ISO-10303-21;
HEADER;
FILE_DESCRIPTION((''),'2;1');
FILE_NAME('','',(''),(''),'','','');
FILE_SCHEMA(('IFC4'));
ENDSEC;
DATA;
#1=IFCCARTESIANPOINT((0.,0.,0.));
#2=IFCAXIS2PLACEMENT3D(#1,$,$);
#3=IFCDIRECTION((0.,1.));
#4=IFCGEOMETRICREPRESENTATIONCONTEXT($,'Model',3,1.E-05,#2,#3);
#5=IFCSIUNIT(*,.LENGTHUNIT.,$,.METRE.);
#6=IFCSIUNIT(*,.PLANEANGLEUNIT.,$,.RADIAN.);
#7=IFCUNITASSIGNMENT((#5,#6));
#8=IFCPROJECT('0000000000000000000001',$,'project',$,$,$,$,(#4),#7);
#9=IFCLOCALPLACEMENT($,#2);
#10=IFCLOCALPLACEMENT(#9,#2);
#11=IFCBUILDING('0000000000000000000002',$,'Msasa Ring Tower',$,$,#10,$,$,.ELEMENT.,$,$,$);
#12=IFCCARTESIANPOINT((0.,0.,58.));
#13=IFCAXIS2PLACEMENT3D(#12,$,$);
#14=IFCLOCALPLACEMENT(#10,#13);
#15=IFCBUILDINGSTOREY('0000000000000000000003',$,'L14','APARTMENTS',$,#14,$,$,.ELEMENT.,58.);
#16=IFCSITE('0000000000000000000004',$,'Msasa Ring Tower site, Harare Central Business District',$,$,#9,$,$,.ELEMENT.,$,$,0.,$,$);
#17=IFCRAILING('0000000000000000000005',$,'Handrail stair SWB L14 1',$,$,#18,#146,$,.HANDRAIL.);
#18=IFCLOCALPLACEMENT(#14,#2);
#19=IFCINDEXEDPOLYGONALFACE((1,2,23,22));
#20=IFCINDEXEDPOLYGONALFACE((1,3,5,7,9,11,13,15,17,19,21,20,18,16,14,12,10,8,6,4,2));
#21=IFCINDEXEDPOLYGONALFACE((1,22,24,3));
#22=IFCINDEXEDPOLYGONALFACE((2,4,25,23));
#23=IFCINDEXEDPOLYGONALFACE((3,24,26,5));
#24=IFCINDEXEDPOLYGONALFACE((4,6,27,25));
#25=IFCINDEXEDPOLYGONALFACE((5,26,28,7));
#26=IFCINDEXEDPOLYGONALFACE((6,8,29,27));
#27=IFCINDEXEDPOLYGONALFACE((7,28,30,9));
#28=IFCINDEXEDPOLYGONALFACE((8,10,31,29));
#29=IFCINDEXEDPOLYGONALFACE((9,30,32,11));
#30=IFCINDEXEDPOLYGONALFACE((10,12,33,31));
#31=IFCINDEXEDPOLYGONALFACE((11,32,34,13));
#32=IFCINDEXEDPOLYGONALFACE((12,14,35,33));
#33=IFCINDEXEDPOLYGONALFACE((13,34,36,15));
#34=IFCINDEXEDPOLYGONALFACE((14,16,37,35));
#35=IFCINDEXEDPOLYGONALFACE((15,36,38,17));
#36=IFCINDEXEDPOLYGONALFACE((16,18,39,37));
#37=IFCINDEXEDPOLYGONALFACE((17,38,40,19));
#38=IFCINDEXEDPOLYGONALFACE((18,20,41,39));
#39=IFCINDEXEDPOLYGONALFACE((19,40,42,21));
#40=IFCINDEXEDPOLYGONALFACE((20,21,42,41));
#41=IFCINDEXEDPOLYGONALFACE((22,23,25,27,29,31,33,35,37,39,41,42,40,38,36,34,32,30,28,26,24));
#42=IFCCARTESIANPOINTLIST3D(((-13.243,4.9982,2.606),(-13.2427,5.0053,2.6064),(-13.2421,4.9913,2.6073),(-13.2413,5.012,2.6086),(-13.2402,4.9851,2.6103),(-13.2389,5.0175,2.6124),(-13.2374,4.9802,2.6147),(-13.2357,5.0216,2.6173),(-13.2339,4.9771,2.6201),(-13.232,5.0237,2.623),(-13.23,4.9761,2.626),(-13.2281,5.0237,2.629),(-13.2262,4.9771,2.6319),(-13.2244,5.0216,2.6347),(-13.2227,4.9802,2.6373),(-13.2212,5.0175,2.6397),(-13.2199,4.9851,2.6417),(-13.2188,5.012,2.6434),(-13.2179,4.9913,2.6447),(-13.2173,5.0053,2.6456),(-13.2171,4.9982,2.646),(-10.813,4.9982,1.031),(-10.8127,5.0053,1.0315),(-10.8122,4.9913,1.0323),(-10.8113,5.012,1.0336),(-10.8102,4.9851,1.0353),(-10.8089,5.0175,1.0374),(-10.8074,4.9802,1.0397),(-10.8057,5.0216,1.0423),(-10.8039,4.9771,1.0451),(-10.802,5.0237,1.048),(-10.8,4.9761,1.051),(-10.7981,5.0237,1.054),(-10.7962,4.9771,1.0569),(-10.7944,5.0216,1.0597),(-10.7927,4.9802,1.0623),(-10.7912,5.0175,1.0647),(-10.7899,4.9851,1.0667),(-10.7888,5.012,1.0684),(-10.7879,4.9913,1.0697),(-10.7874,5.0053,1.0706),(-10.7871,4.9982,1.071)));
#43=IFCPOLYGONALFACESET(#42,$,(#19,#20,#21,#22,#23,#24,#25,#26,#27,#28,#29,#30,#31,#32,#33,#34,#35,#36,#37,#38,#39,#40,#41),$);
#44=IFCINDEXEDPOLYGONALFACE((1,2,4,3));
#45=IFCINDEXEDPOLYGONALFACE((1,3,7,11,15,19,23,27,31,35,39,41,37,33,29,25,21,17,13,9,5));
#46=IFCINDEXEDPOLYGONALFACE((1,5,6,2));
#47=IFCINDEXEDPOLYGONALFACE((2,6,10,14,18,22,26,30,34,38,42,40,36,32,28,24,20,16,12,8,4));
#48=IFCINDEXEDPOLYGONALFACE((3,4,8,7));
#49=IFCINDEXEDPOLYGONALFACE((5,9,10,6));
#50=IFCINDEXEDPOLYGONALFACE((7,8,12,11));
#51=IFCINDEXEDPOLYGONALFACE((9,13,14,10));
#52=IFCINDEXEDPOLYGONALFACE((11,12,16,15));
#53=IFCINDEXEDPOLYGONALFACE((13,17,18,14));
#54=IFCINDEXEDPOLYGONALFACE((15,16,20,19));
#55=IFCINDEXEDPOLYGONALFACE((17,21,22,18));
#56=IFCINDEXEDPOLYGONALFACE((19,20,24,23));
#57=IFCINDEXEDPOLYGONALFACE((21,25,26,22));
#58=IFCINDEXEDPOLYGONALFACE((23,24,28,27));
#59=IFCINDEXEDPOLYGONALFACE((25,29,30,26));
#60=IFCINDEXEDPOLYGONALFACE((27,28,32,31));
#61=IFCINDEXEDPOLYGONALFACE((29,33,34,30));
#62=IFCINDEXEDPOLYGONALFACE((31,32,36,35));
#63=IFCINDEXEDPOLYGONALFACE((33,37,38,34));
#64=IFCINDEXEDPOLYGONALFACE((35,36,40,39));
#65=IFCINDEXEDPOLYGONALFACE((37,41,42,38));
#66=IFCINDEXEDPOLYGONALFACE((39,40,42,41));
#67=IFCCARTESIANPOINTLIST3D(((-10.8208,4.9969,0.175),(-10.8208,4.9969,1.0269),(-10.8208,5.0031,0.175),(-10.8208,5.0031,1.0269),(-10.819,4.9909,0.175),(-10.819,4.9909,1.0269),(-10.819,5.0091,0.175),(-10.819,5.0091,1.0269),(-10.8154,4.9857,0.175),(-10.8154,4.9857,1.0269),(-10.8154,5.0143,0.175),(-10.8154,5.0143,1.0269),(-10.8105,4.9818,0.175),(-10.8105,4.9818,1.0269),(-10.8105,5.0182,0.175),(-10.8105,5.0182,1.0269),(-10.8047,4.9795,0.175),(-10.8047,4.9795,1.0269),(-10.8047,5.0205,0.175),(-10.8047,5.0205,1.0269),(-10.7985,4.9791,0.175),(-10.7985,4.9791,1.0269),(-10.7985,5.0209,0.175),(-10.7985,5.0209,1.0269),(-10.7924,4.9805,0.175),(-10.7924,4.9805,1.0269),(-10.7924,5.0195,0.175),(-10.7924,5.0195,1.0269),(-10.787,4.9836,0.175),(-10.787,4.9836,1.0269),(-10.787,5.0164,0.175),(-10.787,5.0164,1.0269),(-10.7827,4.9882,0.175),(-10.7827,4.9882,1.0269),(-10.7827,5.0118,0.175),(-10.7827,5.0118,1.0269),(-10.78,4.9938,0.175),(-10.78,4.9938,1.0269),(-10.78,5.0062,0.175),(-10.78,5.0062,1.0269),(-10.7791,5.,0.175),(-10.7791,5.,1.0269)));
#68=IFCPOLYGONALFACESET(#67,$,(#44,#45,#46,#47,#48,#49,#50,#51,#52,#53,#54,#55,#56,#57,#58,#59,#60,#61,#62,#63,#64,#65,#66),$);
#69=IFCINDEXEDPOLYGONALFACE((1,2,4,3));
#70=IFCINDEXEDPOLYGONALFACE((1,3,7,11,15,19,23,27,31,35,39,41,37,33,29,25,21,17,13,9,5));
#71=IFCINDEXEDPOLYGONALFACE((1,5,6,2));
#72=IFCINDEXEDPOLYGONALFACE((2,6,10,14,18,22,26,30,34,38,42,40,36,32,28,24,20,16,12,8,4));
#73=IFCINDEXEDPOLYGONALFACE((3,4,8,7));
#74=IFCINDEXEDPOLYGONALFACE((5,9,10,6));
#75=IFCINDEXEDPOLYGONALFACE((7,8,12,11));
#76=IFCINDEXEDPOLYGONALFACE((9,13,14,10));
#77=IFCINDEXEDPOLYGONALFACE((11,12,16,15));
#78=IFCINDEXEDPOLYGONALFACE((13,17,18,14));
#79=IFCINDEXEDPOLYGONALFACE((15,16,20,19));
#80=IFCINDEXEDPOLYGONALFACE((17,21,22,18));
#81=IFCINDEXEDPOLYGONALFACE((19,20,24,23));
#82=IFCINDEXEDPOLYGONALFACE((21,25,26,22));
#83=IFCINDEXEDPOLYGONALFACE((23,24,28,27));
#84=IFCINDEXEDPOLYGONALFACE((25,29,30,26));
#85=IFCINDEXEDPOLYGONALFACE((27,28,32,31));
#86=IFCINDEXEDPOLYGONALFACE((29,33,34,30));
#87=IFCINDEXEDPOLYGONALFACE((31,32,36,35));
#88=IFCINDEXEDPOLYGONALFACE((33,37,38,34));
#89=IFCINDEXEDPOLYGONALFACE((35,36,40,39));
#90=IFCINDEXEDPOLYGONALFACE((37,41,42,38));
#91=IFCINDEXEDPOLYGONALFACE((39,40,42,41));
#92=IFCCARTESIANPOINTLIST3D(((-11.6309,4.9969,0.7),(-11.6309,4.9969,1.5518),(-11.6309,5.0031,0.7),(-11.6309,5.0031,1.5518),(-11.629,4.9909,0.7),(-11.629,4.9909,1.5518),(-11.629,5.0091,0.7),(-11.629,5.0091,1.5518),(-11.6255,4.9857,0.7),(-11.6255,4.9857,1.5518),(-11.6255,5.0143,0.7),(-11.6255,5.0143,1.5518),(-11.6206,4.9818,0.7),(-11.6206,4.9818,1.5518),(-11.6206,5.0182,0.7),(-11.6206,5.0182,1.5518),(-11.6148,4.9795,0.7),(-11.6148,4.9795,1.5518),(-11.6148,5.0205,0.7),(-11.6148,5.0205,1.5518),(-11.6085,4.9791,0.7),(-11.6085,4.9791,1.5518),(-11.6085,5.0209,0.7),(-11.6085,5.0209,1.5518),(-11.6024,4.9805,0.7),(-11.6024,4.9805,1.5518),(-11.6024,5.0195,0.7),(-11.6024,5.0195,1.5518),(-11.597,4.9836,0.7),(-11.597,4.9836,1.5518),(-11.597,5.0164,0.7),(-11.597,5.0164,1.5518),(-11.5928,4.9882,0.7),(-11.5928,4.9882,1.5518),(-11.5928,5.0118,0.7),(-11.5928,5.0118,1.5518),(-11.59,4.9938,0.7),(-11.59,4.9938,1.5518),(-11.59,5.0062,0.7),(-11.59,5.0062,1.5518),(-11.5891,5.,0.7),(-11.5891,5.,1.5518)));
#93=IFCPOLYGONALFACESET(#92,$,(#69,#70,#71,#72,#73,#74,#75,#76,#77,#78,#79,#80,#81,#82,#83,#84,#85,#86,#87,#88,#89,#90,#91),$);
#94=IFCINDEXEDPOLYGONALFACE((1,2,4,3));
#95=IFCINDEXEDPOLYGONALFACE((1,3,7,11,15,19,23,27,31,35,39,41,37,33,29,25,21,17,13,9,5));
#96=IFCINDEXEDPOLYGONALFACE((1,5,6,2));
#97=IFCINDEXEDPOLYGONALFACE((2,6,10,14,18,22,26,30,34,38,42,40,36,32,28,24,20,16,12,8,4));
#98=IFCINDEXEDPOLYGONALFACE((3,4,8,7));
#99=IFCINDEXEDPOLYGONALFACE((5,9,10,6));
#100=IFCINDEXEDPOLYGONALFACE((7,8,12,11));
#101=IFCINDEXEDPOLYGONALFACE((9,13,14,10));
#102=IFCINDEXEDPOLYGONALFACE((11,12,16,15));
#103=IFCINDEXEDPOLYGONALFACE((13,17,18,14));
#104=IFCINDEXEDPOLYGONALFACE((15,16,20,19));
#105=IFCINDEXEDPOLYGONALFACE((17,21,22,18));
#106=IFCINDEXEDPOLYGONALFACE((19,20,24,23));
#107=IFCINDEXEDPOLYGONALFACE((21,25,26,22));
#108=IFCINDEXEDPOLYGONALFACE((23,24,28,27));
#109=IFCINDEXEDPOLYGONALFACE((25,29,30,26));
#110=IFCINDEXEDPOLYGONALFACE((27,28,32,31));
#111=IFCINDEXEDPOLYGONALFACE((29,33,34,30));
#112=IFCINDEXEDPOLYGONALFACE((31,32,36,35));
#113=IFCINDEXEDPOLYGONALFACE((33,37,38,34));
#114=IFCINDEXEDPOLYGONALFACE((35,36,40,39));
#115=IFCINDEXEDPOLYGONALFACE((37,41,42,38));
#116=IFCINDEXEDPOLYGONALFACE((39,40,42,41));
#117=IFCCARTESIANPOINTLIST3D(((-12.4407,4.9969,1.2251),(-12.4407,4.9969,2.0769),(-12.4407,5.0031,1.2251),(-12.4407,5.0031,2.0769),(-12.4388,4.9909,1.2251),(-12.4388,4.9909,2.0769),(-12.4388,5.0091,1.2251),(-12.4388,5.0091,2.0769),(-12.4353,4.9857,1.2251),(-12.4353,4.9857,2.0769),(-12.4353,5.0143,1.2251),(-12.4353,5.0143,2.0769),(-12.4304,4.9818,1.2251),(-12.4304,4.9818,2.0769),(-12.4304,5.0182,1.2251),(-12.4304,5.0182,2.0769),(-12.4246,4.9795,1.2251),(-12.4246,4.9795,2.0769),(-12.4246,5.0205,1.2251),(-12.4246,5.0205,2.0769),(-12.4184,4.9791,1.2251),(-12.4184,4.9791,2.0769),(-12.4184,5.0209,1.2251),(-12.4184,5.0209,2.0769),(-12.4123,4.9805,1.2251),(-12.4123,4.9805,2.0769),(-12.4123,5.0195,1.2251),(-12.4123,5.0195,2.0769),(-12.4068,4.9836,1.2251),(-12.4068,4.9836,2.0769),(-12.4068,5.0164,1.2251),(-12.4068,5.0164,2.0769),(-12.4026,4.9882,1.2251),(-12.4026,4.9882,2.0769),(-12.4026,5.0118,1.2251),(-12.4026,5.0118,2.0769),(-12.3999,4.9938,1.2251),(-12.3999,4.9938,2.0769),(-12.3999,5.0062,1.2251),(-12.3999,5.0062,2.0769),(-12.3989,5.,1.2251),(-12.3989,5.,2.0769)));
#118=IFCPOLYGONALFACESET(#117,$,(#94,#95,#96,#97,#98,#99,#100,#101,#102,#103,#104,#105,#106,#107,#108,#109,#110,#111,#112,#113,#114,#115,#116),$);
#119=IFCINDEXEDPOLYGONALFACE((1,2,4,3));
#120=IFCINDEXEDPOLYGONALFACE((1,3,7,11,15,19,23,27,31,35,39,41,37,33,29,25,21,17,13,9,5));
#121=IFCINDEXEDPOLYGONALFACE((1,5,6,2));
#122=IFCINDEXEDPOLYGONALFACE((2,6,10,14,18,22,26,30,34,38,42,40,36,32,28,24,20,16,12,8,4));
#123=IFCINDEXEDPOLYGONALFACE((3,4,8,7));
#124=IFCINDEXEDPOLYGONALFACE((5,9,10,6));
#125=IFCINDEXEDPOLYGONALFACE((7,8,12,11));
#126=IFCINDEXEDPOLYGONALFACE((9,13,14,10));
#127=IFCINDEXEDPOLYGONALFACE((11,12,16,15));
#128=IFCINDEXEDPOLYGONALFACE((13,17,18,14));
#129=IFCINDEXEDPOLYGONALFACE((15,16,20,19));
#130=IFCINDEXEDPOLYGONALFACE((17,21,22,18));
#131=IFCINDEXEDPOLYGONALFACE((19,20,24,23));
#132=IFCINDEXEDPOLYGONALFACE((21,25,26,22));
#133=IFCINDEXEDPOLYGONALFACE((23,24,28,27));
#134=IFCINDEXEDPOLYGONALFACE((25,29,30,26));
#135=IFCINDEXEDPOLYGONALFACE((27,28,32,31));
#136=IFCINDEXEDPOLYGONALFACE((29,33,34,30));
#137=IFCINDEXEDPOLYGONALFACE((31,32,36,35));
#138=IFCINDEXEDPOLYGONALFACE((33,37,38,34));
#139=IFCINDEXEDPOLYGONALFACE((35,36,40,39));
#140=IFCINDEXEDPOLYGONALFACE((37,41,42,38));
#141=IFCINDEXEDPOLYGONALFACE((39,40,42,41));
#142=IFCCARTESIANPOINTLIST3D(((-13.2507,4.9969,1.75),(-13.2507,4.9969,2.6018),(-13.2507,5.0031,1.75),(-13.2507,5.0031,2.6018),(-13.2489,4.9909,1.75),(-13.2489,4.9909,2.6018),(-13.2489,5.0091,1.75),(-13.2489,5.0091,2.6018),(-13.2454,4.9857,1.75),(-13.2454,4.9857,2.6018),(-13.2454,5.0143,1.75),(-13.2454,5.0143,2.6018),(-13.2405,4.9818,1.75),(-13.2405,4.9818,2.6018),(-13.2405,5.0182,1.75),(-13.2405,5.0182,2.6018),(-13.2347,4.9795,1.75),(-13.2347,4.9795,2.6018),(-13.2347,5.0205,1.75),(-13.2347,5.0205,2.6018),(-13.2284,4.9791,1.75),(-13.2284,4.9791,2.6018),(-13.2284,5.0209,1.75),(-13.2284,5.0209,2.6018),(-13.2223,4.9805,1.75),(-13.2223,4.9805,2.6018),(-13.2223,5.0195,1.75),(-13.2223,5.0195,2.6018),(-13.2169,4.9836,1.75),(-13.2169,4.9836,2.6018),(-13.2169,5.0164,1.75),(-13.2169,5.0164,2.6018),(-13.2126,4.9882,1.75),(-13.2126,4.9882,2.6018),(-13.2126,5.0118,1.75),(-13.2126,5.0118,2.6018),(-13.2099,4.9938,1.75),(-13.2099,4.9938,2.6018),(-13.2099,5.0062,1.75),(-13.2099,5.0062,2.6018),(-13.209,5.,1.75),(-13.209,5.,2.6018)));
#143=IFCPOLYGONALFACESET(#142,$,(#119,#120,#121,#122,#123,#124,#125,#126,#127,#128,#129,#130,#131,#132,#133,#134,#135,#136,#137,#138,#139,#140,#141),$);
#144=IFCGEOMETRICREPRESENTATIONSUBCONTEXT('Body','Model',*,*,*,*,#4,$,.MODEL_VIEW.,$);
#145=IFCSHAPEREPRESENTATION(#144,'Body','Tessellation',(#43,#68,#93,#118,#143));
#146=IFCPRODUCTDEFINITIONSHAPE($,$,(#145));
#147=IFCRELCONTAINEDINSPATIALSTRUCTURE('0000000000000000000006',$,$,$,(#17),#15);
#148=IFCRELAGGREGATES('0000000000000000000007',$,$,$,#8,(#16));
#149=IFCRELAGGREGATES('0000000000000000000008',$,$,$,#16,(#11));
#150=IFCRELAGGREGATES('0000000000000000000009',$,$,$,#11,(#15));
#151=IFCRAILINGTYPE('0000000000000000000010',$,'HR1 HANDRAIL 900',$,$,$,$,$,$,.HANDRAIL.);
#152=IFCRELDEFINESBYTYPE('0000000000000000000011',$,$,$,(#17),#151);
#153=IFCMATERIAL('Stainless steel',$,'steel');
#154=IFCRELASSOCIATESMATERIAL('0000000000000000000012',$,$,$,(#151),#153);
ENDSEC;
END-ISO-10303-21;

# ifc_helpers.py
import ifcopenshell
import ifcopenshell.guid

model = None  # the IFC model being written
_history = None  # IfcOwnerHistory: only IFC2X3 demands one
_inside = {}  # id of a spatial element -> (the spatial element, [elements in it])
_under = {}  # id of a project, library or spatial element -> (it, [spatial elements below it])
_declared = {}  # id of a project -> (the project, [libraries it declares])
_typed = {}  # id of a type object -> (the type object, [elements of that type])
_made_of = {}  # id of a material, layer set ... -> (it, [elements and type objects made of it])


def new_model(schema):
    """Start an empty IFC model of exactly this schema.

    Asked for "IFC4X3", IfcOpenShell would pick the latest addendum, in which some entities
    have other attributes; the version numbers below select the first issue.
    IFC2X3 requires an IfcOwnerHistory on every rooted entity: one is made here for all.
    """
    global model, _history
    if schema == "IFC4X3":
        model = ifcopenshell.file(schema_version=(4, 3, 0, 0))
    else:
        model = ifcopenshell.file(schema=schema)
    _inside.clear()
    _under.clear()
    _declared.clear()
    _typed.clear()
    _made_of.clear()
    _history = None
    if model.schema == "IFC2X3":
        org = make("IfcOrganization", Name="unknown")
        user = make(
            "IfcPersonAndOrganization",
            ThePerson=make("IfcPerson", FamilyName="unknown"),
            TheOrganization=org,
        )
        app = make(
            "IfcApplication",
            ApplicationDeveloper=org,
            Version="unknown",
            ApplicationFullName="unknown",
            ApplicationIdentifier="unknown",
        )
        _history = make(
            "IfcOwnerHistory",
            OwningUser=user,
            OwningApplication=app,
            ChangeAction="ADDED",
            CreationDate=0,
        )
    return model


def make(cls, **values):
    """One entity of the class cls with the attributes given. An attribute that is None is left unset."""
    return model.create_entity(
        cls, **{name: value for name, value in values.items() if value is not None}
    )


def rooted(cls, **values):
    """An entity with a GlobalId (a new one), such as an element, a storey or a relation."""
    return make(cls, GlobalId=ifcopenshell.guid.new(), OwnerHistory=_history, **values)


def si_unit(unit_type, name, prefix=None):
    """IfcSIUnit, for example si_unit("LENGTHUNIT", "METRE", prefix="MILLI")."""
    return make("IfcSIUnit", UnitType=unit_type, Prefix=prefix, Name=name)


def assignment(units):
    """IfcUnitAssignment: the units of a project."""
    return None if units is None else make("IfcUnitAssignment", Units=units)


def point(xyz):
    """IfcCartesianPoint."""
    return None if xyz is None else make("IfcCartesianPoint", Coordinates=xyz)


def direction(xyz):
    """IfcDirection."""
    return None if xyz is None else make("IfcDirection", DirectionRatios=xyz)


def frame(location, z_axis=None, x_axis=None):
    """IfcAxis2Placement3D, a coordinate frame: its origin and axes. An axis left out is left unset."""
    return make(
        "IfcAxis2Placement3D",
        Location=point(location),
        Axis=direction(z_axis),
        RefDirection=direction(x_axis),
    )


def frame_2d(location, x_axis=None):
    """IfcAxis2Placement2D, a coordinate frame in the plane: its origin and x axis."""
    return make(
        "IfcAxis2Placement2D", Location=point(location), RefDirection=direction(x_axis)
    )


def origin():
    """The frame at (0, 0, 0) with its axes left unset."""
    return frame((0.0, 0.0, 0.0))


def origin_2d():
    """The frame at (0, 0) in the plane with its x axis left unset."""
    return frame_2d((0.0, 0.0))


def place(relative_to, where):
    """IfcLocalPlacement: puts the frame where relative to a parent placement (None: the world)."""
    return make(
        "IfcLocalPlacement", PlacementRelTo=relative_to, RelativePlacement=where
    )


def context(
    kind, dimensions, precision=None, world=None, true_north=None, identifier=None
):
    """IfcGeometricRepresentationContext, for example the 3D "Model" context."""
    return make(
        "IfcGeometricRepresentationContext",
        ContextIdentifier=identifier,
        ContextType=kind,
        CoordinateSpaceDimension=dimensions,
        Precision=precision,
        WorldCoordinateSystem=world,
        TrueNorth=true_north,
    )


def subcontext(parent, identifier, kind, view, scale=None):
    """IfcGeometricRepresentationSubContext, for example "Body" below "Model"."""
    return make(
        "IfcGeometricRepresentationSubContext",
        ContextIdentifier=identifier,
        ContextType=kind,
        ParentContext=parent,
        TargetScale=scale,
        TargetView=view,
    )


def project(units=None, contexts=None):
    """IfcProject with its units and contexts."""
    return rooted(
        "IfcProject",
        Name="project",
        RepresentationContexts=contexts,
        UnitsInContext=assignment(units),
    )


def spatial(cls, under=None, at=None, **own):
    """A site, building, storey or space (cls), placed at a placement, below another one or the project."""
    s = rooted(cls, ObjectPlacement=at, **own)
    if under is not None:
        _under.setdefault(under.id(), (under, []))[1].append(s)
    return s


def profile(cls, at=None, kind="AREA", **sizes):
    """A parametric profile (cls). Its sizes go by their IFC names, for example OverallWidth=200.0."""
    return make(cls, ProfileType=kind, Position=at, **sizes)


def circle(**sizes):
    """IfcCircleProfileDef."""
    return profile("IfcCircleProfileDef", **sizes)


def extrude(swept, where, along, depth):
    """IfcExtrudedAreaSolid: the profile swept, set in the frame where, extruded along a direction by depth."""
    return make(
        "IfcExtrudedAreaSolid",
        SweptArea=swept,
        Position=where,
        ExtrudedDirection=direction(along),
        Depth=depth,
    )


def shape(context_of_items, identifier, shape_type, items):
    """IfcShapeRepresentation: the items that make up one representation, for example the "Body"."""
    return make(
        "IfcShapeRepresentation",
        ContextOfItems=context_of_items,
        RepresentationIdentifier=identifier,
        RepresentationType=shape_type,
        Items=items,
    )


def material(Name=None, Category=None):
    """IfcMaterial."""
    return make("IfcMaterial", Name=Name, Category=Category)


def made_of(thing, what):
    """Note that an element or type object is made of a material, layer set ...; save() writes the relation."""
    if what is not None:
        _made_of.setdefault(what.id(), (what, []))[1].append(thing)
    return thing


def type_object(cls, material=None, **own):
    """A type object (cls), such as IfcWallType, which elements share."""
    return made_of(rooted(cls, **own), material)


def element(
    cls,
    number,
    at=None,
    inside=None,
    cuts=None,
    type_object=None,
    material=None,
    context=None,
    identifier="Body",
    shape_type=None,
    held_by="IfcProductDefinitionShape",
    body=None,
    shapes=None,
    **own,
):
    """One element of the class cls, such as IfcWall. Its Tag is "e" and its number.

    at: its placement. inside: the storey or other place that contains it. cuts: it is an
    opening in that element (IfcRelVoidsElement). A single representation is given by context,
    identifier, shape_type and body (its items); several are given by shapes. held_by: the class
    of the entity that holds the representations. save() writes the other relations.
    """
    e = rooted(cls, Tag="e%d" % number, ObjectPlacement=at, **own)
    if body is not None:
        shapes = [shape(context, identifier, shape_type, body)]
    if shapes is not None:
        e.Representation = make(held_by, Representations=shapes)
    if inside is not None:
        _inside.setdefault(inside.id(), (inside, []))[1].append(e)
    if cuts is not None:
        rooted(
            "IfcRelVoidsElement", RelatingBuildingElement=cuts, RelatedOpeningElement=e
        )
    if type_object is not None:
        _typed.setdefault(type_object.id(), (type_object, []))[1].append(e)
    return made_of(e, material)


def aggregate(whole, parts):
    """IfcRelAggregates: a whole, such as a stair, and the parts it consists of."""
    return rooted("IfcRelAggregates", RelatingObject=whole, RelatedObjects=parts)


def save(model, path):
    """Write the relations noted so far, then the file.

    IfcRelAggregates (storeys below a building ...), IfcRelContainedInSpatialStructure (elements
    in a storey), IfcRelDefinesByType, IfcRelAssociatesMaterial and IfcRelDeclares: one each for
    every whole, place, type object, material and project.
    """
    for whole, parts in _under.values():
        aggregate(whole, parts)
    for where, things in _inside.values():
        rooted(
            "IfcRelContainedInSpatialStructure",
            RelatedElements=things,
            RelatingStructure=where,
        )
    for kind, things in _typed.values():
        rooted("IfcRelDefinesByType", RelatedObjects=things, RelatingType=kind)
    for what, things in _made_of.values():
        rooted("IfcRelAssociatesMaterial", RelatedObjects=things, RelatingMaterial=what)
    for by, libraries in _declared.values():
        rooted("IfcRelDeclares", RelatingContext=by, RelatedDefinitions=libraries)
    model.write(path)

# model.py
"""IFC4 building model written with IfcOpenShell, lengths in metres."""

from ifc_helpers import new_model, si_unit, direction, frame, origin, origin_2d, place, context, subcontext, project, spatial, circle, extrude, material, type_object, element, save


model = new_model("IFC4")

# Units and contexts
model_context = context("Model", 3, precision=1e-05, world=origin(), true_north=direction((0.0, 1.0)))
body_context = subcontext(model_context, "Body", "Model", "MODEL_VIEW")
ifc_project = project(units=[si_unit("LENGTHUNIT", "METRE"), si_unit("PLANEANGLEUNIT", "RADIAN")], contexts=[model_context])

# Site, building, storey
site_placement = place(None, origin())
site = spatial("IfcSite", under=ifc_project, at=site_placement, Name="Msasa Ring Tower site, Harare Central Business District", CompositionType="ELEMENT", RefElevation=0.0)
building_placement = place(site_placement, origin())
building = spatial("IfcBuilding", under=site, at=building_placement, Name="Msasa Ring Tower", CompositionType="ELEMENT")
storey_placement = place(building_placement, frame((0.0, 0.0, 58.0)))
storey = spatial("IfcBuildingStorey", under=building, at=storey_placement, Name="L14", Description="APARTMENTS", CompositionType="ELEMENT", Elevation=58.0)

# Railing
ifc_material_1 = material(Name="Stainless steel", Category="steel")
railing_type = type_object("IfcRailingType", Name="HR1 HANDRAIL 900", PredefinedType="HANDRAIL", material=ifc_material_1)
for number, where, name in (
    (1, (-10.8, 5.0, 0.175), "Handrail stair SWB L14 1"),
):
    element("IfcRailing", number, at=place(storey_placement, frame(where)), inside=storey, type_object=railing_type, Name=name, PredefinedType="HANDRAIL", context=body_context, shape_type="SweptSolid", body=[
        extrude(circle(Radius=0.0239, at=origin_2d()), frame((0.0, 0.0, 0.876), z_axis=(-0.839154, 0.0, 0.543894), x_axis=(0.0, -1.0, 0.0)), (0.0, 0.0, 1.0), 2.8958),
        extrude(circle(Radius=0.021, at=origin_2d()), origin(), (0.0, 0.0, 1.0), 0.8518),
        extrude(circle(Radius=0.021, at=origin_2d()), frame((-0.8101, 0.0, 0.5249)), (0.0, 0.0, 1.0), 0.8518),
        extrude(circle(Radius=0.021, at=origin_2d()), frame((-1.6199, 0.0, 1.05)), (0.0, 0.0, 1.0), 0.8518),
        extrude(circle(Radius=0.021, at=origin_2d()), frame((-2.4299, 0.0, 1.575)), (0.0, 0.0, 1.0), 0.8518),
    ])

save(model, "model.ifc")
